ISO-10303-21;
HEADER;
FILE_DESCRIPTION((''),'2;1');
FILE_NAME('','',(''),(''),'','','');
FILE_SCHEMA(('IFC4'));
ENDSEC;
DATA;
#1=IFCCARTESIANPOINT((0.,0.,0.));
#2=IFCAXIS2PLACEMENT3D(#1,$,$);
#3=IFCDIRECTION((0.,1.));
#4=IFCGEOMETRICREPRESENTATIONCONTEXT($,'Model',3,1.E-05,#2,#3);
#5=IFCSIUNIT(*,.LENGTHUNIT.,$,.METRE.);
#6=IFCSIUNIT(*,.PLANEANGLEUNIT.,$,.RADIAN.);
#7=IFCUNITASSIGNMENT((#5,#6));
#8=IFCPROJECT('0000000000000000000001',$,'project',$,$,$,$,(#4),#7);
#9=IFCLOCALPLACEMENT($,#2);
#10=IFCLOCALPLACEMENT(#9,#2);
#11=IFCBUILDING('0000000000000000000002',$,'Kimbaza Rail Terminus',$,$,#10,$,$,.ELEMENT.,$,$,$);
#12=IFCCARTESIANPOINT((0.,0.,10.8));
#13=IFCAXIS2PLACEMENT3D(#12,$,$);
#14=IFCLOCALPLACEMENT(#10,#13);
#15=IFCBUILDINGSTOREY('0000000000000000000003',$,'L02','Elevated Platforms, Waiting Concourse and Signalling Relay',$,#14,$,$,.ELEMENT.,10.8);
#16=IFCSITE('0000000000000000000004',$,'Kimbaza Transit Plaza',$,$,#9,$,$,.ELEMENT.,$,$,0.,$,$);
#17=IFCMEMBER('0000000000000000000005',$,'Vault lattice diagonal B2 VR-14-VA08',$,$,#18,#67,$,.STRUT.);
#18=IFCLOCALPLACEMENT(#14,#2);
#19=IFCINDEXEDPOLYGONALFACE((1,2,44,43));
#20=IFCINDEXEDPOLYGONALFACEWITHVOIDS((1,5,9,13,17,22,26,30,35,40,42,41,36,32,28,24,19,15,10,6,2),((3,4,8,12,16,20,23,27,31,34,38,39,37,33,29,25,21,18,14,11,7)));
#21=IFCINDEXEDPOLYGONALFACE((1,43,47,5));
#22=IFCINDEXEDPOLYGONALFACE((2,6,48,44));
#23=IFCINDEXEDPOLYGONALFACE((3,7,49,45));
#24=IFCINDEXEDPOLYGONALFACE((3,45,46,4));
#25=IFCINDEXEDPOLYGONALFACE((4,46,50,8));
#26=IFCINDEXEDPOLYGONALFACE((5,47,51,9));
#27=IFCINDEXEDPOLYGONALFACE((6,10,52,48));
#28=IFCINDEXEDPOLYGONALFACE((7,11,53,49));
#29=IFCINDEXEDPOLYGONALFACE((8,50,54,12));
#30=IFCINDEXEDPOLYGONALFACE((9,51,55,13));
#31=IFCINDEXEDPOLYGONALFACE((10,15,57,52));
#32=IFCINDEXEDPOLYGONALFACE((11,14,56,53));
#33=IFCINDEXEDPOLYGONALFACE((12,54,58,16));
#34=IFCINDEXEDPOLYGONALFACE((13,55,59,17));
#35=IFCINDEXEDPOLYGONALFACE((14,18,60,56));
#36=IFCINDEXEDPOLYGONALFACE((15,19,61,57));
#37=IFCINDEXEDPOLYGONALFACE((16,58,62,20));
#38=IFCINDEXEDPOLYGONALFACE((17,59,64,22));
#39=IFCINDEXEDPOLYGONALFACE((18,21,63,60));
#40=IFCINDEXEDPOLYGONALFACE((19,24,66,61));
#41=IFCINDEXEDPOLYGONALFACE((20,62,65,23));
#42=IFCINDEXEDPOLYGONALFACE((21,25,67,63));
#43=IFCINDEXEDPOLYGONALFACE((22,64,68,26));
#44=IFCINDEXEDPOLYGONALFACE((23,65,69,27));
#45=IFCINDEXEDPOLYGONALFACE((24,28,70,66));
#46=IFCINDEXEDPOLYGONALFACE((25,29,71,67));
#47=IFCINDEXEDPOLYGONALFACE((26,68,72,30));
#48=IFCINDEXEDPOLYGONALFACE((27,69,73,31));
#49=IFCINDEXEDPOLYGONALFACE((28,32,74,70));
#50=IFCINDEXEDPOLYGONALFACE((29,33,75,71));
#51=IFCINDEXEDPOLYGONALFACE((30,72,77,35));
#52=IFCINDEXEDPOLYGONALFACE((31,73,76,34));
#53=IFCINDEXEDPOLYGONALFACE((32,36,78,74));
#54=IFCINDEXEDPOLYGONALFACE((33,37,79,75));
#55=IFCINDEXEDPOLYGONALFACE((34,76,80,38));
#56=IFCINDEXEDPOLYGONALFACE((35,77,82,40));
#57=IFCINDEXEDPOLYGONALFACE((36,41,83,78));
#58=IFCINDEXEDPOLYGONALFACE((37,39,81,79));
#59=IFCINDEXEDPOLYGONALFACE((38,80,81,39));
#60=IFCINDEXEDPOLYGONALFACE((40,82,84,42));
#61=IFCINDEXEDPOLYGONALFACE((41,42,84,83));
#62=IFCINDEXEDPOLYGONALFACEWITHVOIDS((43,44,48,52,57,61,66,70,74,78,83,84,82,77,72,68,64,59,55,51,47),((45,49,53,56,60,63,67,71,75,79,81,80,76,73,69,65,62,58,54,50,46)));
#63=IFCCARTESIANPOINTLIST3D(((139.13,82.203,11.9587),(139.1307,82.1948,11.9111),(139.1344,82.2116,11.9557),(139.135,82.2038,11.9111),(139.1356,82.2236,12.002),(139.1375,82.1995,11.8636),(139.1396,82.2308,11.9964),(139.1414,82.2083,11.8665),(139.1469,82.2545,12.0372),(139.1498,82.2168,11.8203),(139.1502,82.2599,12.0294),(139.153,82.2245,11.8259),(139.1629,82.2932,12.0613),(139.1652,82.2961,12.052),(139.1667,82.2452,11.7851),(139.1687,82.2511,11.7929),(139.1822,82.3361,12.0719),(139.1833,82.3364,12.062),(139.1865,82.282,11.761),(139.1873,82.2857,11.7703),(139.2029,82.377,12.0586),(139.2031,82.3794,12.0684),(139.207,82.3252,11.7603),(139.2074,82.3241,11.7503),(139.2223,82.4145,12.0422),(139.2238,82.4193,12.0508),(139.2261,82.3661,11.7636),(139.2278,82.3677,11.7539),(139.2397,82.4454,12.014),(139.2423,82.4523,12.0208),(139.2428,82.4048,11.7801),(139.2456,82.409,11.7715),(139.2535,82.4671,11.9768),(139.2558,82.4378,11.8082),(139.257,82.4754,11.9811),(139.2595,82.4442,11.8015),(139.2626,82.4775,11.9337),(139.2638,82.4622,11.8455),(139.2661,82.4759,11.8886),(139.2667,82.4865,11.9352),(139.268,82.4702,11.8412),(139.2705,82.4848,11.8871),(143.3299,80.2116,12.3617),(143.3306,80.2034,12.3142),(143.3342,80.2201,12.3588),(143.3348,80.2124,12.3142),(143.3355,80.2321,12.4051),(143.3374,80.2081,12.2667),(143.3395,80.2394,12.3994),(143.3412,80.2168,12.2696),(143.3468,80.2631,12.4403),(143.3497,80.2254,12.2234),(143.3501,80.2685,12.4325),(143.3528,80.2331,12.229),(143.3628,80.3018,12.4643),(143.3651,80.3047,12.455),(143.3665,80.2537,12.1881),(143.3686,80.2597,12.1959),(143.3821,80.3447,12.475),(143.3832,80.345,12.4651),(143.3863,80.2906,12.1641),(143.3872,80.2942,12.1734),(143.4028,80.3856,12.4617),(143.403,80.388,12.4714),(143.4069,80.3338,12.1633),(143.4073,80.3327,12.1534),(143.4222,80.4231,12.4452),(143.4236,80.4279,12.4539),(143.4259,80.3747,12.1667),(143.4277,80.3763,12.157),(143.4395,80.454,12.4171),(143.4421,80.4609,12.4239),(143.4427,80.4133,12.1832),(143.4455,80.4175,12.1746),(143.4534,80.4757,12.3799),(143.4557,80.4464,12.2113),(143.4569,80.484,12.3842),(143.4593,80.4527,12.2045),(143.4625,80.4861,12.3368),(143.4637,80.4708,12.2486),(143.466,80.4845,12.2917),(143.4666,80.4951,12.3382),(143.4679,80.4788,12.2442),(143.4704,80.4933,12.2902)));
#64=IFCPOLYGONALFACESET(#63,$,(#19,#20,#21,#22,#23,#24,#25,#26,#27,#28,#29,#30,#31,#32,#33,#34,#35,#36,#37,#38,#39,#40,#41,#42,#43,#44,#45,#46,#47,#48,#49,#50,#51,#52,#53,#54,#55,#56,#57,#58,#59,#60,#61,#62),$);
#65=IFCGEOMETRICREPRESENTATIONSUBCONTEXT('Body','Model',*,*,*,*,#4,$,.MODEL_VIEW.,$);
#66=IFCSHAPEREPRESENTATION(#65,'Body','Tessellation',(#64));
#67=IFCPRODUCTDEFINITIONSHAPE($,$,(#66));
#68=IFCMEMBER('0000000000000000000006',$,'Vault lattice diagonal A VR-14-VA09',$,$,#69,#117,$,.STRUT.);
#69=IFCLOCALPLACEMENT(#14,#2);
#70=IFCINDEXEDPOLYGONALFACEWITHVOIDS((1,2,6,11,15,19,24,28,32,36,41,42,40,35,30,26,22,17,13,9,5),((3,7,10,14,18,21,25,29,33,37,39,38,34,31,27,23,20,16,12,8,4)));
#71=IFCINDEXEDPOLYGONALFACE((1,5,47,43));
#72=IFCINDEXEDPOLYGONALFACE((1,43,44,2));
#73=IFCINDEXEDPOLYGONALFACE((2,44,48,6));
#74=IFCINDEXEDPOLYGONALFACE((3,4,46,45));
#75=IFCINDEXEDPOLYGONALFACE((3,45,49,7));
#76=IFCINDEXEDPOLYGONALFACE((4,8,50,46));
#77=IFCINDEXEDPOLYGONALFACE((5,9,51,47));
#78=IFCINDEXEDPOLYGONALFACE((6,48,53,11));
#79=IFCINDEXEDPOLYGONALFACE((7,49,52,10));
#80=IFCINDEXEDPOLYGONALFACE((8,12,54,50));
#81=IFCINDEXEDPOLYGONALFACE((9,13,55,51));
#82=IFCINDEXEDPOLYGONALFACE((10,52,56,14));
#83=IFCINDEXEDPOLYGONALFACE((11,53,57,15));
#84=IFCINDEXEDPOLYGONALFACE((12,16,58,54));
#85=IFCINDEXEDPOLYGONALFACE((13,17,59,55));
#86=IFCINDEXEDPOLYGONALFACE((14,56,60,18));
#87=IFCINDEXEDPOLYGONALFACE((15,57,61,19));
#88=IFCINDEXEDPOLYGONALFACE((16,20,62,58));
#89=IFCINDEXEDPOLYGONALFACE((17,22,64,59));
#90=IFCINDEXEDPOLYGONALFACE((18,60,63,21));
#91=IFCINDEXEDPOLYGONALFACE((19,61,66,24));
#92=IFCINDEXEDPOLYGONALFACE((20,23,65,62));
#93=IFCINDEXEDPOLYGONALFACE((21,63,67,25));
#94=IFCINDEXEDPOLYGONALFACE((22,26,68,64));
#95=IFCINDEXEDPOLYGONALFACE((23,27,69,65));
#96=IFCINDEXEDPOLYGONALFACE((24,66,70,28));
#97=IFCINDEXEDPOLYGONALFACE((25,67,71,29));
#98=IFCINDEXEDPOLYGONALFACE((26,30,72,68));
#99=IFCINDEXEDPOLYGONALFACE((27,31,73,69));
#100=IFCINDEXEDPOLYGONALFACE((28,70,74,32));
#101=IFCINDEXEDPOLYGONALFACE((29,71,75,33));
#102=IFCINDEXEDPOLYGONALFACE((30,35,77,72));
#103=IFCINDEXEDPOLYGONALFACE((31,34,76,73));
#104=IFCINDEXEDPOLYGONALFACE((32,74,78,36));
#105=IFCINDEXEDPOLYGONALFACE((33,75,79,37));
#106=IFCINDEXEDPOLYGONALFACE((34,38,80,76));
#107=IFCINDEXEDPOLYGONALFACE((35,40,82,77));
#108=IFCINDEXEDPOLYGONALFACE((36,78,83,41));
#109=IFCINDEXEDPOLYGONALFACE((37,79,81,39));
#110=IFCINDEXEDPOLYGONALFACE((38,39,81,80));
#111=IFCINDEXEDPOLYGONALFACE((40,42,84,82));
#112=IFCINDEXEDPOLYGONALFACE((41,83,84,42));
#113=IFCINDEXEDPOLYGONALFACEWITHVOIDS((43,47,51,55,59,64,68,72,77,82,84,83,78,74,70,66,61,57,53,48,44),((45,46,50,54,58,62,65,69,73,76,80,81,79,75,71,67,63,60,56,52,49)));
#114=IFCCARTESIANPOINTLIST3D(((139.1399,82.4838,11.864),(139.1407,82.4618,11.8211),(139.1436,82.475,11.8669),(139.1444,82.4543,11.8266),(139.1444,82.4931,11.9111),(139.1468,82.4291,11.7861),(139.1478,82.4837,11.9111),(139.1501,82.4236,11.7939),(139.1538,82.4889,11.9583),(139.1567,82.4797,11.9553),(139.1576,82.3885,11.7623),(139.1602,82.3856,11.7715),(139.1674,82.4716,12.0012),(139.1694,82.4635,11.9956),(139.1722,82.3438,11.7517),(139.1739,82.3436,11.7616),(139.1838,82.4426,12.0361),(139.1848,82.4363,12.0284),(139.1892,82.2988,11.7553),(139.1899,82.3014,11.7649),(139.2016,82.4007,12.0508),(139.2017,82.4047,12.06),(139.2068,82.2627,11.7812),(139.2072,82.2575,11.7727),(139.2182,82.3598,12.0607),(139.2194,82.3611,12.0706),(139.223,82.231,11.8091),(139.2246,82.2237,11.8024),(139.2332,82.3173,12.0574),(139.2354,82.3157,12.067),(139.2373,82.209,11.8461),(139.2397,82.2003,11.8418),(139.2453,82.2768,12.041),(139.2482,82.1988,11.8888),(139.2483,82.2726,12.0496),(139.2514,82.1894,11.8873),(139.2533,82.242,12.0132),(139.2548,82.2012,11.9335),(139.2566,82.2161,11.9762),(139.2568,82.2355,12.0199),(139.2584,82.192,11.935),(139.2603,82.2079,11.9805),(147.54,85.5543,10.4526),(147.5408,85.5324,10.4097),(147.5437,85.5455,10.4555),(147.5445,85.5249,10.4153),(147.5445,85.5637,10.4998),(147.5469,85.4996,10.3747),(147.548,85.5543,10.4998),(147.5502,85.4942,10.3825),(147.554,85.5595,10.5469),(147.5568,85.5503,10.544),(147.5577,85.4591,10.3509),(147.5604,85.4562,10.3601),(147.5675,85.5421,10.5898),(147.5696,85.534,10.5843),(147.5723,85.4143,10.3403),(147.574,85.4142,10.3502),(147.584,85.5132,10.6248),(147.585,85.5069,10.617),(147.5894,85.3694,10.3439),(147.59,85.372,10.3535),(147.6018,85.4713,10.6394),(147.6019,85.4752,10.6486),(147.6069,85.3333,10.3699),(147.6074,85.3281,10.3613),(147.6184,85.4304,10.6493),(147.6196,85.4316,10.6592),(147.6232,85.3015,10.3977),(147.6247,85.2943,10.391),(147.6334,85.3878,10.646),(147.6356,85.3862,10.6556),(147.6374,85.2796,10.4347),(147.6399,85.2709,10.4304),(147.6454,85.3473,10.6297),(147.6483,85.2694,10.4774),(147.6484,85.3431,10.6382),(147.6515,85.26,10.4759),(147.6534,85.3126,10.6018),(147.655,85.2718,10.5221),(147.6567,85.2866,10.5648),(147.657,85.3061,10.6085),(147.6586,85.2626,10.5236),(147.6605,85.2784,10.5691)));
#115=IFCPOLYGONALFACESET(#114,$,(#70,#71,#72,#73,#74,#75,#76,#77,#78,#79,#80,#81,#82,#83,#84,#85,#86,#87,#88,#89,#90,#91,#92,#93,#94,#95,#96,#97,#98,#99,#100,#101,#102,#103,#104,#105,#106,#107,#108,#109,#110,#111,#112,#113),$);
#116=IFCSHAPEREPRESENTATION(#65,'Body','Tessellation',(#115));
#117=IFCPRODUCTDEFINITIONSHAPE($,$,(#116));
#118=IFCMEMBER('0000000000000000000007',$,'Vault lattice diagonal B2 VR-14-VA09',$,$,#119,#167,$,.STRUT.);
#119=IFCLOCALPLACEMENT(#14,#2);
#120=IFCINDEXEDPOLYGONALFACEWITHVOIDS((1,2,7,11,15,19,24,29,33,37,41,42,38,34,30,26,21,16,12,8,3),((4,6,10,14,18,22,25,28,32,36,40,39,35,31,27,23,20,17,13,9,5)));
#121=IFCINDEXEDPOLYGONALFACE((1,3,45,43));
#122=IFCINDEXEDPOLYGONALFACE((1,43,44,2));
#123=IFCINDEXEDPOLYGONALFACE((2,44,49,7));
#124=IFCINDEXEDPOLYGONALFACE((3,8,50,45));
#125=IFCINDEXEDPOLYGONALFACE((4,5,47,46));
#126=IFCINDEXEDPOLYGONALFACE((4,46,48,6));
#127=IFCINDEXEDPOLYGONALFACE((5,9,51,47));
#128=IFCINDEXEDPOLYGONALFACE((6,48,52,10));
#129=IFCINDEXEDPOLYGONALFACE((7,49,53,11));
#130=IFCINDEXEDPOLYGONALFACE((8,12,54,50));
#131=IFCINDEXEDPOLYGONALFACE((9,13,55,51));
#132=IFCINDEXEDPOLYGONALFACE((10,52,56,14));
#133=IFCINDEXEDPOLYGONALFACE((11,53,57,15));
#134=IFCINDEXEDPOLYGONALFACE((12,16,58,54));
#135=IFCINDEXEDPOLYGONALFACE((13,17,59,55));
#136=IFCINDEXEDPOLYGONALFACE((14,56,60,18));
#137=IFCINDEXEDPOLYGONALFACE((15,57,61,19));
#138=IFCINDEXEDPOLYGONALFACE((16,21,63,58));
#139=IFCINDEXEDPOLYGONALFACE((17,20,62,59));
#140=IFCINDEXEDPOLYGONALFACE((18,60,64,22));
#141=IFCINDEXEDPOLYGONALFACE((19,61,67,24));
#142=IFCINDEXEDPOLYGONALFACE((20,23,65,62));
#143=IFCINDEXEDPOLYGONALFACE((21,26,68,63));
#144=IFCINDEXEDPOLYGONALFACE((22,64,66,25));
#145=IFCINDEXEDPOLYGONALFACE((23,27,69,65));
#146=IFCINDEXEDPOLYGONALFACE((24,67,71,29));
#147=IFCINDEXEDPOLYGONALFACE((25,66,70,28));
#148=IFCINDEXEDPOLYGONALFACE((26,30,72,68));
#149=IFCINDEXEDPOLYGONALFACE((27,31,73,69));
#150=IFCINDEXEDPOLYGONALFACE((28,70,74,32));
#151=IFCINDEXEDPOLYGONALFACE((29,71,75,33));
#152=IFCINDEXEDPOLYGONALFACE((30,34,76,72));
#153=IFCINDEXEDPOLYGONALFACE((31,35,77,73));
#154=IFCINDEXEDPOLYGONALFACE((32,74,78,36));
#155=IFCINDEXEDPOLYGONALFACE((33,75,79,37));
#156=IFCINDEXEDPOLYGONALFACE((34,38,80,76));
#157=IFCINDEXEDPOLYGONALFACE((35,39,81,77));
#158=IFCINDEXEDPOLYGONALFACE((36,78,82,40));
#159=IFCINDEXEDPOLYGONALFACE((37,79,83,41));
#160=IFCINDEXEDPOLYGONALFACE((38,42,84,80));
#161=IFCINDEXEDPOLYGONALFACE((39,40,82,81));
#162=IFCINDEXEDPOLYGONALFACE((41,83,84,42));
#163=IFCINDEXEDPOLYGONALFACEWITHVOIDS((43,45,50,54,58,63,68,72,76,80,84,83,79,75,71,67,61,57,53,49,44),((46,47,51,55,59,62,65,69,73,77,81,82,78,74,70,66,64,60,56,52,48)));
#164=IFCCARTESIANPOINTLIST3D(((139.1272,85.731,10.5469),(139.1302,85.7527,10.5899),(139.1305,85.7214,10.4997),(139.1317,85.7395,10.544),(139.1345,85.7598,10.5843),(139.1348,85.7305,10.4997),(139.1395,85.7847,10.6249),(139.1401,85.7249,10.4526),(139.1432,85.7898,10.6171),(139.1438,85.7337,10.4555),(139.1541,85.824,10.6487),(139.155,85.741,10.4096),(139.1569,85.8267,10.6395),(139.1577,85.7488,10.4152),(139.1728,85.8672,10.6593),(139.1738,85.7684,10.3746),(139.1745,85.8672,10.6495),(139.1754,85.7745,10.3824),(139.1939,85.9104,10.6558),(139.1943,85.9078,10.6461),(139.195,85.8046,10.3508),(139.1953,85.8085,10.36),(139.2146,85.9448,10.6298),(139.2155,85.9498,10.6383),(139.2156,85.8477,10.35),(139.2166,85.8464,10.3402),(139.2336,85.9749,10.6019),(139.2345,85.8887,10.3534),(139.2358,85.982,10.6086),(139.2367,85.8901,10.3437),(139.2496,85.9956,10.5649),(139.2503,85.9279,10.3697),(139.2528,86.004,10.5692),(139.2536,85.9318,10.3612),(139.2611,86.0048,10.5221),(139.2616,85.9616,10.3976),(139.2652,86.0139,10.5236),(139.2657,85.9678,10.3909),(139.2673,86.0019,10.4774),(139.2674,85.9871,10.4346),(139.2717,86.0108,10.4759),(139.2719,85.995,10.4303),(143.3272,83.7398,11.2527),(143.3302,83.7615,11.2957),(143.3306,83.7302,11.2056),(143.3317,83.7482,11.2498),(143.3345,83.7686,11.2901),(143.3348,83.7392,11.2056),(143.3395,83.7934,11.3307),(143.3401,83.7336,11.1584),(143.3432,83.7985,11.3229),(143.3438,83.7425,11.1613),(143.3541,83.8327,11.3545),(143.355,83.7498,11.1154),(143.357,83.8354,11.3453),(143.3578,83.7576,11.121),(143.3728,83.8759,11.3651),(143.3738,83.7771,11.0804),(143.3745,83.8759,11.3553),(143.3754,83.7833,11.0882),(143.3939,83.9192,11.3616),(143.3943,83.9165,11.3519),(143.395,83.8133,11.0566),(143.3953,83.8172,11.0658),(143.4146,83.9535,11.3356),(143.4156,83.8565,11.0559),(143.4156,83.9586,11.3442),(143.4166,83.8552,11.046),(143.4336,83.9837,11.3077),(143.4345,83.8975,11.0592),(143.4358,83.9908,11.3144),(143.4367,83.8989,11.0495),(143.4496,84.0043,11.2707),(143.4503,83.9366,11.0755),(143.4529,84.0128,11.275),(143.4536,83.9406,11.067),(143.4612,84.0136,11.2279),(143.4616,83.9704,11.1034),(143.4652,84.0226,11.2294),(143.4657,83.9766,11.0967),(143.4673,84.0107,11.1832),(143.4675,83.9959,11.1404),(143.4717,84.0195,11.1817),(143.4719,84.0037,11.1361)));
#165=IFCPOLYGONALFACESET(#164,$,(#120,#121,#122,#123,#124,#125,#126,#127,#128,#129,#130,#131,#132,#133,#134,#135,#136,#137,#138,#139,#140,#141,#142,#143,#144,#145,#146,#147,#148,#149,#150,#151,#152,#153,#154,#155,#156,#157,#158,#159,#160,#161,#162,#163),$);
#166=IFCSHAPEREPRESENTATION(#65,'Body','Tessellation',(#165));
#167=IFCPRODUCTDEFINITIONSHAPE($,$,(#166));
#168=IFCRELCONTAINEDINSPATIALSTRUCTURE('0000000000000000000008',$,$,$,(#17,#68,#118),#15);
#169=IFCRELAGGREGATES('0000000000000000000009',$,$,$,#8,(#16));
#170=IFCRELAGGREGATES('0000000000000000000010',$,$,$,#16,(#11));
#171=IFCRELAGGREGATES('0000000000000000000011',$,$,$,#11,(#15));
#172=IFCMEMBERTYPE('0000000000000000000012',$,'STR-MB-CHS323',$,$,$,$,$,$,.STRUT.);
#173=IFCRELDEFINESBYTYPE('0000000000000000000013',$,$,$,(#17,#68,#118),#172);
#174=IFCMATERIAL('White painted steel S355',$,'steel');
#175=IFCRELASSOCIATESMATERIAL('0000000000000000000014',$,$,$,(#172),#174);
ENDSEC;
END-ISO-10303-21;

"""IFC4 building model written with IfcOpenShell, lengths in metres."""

from ifc_helpers import new_model, si_unit, direction, frame, origin, origin_2d, place, context, subcontext, project, spatial, hollow_circle, extrude, material, material_profile, profile_set, type_object, element, save


model = new_model("IFC4")

# Units and contexts
model_context = context("Model", 3, precision=1e-05, world=origin(), true_north=direction((0.0, 1.0)))
body_context = subcontext(model_context, "Body", "Model", "MODEL_VIEW")
ifc_project = project(units=[si_unit("LENGTHUNIT", "METRE"), si_unit("PLANEANGLEUNIT", "RADIAN")], contexts=[model_context])

# Site, building, storey
site_placement = place(None, origin())
site = spatial("IfcSite", under=ifc_project, at=site_placement, Name="Kimbaza Transit Plaza", CompositionType="ELEMENT", RefElevation=0.0)
building_placement = place(site_placement, origin())
building = spatial("IfcBuilding", under=site, at=building_placement, Name="Kimbaza Rail Terminus", CompositionType="ELEMENT")
storey_placement = place(building_placement, frame((0.0, 0.0, 10.8)))
storey = spatial("IfcBuildingStorey", under=building, at=storey_placement, Name="L02", Description="Elevated Platforms, Waiting Concourse and Signalling Relay", CompositionType="ELEMENT", Elevation=10.8)

# Members
ifc_material_1 = material(Name="White painted steel S355", Category="steel")
ifc_material_profile_1 = material_profile(ifc_material_1, hollow_circle(Radius=0.1619, WallThickness=0.01, at=origin_2d()), Name="CHS 323.9x10")
ifc_profile_set_1 = profile_set([ifc_material_profile_1], Name="White painted steel S355")
member_type_1 = type_object("IfcMemberType", Name="STR-MB-CHS323", PredefinedType="STRUT", material=ifc_profile_set_1)
member_1_placement = place(storey_placement, frame((143.3999, 80.3496, 12.3142), z_axis=(-0.900193, 0.426837, -0.086393), x_axis=(-0.428439, -0.903571, 0.0)))
element("IfcMember", 1, at=member_1_placement, inside=storey, type_object=member_type_1, Name="Vault lattice diagonal B2 VR-14-VA08", PredefinedType="STRUT", context=body_context, shape_type="SweptSolid", body=[
    extrude(hollow_circle(Radius=0.1619, WallThickness=0.01, at=origin_2d()), origin(), (0.0, 0.0, 1.0), 4.6655),
])
member_2_placement = place(storey_placement, frame((139.2, 82.3411, 11.9111), z_axis=(0.927739, 0.339122, -0.155877), x_axis=(-0.343318, 0.939219, 0.0)))
element("IfcMember", 2, at=member_2_placement, inside=storey, type_object=member_type_1, Name="Vault lattice diagonal A VR-14-VA09", PredefinedType="STRUT", context=body_context, shape_type="SweptSolid", body=[
    extrude(hollow_circle(Radius=0.1619, WallThickness=0.01, at=origin_2d()), origin(), (0.0, 0.0, 1.0), 9.0544),
])
member_3_placement = place(storey_placement, frame((143.3999, 83.8765, 11.2056), z_axis=(-0.89335, 0.42354, -0.150129), x_axis=(-0.428396, -0.903591, 0.0)))
element("IfcMember", 3, at=member_3_placement, inside=storey, type_object=member_type_1, Name="Vault lattice diagonal B2 VR-14-VA09", PredefinedType="STRUT", context=body_context, shape_type="SweptSolid", body=[
    extrude(hollow_circle(Radius=0.1619, WallThickness=0.01, at=origin_2d()), origin(), (0.0, 0.0, 1.0), 4.7014),
])

save(model, "model.ifc")
